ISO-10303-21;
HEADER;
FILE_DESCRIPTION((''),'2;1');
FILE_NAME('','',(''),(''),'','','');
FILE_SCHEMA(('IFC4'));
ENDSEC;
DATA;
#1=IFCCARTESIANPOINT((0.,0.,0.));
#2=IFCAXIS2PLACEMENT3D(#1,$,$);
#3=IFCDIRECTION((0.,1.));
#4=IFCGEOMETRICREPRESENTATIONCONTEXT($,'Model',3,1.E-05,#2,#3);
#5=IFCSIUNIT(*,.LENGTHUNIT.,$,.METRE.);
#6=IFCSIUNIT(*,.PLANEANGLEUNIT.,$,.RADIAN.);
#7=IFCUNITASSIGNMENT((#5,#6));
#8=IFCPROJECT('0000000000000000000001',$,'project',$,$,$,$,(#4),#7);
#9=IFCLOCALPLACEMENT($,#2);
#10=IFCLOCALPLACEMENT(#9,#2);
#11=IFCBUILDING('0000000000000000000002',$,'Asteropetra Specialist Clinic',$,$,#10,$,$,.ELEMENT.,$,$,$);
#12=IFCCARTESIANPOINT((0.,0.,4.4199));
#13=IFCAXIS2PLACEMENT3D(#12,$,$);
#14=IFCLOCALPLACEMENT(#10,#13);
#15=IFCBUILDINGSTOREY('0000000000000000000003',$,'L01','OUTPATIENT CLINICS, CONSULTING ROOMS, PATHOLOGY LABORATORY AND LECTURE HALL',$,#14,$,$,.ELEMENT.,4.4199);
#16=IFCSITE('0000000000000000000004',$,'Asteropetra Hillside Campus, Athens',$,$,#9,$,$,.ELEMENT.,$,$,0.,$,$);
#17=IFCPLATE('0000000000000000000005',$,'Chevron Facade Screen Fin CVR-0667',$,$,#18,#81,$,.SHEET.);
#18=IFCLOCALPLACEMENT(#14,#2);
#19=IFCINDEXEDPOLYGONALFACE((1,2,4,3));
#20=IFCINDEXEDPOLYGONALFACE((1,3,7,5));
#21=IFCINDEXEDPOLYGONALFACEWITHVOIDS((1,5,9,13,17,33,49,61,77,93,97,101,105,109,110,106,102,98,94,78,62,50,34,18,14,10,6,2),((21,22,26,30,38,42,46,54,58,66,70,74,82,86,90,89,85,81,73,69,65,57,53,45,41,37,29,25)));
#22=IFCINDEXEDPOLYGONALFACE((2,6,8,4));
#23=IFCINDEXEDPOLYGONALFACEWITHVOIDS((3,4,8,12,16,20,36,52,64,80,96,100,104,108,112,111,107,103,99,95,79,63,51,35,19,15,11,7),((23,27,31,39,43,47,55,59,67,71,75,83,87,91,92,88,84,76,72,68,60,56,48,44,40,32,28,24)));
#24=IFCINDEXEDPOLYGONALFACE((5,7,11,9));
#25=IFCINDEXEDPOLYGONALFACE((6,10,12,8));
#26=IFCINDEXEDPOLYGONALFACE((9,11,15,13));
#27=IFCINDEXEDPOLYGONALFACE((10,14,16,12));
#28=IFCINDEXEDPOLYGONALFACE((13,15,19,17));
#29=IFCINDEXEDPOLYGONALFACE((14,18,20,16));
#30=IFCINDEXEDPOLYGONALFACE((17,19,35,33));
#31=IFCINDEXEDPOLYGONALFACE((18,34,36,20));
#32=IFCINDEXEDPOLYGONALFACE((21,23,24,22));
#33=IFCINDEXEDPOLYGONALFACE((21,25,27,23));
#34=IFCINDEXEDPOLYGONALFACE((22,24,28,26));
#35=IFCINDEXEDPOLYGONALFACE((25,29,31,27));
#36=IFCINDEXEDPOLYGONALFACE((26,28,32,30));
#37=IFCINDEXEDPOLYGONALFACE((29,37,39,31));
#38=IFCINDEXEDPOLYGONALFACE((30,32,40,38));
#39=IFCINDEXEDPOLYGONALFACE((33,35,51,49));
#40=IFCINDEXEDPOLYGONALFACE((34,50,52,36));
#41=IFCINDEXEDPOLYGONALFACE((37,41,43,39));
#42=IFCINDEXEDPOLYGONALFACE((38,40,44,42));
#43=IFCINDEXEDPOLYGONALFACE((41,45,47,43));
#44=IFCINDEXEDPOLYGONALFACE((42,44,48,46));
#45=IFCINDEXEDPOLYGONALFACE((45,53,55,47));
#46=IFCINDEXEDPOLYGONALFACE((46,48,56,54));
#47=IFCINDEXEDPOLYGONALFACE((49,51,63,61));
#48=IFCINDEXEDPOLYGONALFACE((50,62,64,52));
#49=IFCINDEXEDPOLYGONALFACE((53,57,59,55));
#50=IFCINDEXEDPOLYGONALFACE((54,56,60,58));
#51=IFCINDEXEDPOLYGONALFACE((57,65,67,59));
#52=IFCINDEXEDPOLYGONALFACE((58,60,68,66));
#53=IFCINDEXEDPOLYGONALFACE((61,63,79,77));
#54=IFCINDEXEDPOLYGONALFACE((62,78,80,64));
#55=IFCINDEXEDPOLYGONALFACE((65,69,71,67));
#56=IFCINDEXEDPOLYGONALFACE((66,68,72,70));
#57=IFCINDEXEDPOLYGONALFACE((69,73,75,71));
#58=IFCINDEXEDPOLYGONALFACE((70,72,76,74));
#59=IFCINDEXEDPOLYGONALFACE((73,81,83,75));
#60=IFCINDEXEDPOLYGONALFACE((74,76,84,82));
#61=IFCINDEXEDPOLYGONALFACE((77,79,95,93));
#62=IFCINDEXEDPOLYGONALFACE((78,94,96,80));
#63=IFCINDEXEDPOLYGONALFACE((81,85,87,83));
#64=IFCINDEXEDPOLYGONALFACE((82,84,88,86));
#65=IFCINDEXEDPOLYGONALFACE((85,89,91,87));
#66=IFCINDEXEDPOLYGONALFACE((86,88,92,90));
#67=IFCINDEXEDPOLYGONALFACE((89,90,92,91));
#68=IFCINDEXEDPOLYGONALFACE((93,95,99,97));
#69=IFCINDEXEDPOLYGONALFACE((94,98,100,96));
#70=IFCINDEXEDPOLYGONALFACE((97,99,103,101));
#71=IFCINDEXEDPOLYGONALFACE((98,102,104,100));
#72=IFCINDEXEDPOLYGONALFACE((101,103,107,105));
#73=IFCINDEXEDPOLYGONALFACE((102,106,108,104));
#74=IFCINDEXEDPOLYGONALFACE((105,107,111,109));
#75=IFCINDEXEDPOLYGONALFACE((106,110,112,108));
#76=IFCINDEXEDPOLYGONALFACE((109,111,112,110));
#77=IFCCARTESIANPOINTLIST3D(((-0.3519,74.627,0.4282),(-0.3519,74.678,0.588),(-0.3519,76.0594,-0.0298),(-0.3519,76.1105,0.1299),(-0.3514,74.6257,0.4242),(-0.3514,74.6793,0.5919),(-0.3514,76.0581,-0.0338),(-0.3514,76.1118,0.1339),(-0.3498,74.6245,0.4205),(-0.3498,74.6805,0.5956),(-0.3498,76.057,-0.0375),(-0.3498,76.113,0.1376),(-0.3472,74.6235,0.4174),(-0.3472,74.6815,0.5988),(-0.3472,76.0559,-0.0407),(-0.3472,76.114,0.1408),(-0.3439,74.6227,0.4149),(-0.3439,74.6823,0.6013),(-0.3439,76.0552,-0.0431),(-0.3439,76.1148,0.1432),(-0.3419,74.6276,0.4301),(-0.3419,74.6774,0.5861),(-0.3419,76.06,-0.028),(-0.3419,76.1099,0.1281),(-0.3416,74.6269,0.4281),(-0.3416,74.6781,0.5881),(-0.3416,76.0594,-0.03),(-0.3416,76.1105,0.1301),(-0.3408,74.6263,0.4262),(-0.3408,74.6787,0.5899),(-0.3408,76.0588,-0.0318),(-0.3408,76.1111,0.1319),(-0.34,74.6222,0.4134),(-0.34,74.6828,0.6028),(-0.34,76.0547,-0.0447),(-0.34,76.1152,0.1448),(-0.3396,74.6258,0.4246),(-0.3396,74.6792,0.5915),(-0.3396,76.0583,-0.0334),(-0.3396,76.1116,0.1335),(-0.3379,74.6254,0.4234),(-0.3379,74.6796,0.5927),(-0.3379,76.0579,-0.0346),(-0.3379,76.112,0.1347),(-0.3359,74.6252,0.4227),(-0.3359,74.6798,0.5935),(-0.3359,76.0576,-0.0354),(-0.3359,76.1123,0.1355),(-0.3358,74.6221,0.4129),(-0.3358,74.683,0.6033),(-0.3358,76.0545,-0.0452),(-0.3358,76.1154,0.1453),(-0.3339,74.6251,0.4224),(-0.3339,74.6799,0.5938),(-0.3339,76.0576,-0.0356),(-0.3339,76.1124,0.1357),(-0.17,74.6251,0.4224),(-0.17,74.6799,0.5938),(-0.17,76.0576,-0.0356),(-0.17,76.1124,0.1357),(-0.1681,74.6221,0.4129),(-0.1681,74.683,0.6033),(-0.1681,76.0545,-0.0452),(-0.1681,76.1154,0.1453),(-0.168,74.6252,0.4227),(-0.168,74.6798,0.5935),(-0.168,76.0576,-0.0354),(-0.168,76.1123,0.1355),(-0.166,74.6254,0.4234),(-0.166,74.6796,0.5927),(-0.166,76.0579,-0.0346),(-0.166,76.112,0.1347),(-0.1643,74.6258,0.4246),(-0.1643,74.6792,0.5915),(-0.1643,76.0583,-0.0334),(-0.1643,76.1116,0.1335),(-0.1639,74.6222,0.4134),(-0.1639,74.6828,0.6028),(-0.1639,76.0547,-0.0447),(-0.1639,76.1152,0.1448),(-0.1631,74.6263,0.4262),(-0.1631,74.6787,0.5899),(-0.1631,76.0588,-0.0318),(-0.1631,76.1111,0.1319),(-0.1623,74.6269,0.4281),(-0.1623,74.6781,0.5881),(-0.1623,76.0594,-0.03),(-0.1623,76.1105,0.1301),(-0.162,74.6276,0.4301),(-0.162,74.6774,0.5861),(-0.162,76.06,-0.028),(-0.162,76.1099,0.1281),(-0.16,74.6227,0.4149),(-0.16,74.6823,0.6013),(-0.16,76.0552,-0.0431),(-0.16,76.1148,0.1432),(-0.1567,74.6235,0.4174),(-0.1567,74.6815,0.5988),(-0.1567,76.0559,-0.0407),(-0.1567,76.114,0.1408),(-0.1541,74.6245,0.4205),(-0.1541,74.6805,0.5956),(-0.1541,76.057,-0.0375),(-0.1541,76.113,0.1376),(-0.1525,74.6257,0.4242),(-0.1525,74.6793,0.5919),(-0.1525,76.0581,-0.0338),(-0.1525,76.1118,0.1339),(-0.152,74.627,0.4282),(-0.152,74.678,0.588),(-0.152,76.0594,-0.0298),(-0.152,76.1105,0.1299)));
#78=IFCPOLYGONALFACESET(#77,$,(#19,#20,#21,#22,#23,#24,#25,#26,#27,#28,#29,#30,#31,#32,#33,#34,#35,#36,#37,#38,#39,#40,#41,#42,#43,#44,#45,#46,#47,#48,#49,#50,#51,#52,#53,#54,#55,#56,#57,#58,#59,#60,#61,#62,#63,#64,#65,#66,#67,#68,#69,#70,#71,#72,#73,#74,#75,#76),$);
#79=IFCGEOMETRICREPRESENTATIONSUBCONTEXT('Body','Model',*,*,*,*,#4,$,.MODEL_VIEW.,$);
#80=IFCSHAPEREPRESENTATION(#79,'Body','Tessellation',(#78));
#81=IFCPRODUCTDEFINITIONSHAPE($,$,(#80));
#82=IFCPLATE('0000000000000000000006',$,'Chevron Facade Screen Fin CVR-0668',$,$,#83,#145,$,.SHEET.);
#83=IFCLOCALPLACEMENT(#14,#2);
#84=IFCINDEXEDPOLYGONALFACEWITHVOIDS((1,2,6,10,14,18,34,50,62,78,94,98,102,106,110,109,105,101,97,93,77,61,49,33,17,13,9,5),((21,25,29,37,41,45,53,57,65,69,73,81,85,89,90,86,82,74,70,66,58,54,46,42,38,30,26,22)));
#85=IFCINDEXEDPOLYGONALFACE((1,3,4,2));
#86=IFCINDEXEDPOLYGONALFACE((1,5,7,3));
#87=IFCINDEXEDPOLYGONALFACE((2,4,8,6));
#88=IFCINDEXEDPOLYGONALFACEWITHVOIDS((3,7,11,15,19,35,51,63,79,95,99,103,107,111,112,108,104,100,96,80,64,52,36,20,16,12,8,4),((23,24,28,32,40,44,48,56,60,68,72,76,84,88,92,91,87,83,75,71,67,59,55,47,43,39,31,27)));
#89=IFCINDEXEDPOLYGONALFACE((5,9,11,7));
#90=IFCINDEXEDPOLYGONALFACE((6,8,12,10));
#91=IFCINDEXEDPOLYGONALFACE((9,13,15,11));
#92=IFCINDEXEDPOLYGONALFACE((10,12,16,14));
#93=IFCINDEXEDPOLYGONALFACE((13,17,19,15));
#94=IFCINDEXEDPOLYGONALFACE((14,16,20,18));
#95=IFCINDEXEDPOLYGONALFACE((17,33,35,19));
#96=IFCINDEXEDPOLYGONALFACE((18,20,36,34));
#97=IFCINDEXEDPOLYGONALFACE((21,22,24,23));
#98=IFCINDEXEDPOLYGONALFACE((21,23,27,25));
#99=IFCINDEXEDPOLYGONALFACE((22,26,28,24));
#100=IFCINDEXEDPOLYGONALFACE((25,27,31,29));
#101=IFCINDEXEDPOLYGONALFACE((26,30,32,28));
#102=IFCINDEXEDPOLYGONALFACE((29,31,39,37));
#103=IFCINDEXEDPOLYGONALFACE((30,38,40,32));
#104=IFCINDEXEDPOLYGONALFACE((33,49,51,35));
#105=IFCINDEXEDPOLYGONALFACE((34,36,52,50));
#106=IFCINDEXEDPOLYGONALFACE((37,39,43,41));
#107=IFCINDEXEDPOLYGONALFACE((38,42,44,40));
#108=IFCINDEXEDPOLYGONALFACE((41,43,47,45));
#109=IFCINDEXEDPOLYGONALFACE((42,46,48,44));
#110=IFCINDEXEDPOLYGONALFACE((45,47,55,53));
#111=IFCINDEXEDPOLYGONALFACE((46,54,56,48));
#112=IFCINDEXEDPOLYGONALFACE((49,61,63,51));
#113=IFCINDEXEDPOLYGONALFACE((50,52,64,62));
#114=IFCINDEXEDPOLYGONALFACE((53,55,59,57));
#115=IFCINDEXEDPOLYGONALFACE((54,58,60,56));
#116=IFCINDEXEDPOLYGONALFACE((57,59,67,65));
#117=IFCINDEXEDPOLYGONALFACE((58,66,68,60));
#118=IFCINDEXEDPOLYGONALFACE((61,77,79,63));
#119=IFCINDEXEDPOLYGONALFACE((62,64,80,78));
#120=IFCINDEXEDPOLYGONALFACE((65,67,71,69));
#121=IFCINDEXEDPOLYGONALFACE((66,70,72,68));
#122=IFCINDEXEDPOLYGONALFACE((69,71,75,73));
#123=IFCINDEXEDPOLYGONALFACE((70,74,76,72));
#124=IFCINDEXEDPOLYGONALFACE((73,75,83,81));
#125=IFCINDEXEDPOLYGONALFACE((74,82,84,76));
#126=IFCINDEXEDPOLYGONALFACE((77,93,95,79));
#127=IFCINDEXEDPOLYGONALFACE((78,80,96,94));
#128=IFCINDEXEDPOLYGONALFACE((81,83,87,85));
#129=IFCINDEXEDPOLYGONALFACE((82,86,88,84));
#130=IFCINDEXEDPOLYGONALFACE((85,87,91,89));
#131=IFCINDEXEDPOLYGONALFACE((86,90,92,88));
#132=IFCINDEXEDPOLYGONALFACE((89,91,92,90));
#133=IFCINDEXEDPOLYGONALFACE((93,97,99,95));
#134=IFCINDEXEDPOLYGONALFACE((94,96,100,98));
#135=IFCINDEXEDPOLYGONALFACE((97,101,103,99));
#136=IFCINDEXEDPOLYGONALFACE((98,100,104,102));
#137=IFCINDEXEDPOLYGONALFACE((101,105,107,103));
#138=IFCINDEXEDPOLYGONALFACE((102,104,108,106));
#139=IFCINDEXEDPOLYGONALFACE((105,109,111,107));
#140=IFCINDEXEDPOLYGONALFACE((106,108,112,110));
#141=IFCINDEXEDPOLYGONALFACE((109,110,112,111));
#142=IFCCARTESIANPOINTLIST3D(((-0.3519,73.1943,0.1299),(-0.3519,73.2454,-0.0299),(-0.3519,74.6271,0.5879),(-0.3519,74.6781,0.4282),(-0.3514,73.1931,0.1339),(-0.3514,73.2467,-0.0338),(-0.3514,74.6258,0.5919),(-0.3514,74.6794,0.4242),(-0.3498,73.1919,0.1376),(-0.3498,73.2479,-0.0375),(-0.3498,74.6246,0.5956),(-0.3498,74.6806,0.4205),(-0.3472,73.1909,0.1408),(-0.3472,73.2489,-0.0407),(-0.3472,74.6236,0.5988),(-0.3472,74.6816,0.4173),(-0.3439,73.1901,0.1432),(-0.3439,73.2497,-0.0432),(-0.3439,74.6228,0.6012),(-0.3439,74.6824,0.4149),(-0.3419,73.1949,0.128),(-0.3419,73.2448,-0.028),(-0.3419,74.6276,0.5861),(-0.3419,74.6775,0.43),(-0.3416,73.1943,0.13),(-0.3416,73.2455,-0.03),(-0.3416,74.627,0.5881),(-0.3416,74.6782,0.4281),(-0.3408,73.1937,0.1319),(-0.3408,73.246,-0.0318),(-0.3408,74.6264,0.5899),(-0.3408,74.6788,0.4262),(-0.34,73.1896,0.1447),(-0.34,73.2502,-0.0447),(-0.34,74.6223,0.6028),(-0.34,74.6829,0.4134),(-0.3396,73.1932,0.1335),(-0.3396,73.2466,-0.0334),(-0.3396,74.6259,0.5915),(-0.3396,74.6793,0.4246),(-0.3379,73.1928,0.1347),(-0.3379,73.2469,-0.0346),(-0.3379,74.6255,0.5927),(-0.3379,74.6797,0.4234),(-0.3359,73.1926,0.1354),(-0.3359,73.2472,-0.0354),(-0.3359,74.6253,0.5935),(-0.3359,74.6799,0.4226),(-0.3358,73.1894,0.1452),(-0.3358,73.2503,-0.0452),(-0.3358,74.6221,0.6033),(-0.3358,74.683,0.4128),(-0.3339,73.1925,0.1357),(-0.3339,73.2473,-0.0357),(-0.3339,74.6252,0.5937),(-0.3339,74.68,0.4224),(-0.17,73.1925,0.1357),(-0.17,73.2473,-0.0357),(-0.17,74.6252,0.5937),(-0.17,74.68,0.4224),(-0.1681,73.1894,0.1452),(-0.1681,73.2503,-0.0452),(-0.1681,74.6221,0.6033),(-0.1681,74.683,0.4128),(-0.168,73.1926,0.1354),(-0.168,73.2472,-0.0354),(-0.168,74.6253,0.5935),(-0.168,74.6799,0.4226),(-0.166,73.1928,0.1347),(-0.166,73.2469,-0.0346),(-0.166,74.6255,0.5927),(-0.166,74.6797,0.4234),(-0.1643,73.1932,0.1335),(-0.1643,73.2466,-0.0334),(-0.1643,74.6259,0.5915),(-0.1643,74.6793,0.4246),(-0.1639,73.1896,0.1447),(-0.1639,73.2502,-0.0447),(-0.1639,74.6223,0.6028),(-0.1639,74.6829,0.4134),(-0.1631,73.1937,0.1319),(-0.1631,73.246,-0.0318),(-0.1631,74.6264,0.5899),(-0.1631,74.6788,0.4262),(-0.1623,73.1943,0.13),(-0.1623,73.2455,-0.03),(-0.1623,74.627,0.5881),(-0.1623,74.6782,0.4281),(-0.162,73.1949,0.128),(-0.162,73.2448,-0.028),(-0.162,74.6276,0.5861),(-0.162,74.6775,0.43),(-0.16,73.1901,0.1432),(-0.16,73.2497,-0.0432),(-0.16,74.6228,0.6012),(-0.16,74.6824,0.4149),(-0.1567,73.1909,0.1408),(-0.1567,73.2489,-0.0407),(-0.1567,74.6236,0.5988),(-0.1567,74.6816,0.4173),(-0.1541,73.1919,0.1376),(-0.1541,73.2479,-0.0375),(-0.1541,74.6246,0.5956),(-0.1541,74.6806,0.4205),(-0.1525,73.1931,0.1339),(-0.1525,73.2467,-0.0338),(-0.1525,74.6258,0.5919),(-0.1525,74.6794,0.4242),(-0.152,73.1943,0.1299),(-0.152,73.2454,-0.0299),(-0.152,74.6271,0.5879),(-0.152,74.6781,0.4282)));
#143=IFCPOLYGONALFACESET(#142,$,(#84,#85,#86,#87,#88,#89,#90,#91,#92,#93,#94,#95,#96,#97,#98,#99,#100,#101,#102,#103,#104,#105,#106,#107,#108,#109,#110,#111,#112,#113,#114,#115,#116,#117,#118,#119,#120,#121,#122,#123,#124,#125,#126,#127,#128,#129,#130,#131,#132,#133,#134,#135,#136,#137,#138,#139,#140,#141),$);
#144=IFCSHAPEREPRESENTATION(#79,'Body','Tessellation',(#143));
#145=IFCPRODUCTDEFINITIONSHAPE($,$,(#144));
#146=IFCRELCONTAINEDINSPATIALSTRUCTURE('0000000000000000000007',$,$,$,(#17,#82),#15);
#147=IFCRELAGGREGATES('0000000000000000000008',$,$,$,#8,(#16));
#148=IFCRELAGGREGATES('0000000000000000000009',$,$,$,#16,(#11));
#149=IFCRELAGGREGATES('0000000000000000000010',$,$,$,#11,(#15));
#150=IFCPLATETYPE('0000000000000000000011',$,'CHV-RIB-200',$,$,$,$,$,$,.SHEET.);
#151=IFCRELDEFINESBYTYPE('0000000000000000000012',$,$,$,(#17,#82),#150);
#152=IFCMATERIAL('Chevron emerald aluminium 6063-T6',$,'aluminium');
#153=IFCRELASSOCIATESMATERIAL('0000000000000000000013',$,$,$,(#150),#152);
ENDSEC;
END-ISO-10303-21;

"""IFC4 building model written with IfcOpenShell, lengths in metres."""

from ifc_helpers import new_model, si_unit, direction, frame, origin, origin_2d, place, context, subcontext, project, spatial, hollow_rectangle, extrude, material, material_profile, profile_set, type_object, element, save


model = new_model("IFC4")

# Units and contexts
model_context = context("Model", 3, precision=1e-05, world=origin(), true_north=direction((0.0, 1.0)))
body_context = subcontext(model_context, "Body", "Model", "MODEL_VIEW")
ifc_project = project(units=[si_unit("LENGTHUNIT", "METRE"), si_unit("PLANEANGLEUNIT", "RADIAN")], contexts=[model_context])

# Site, building, storey
site_placement = place(None, origin())
site = spatial("IfcSite", under=ifc_project, at=site_placement, Name="Asteropetra Hillside Campus, Athens", CompositionType="ELEMENT", RefElevation=0.0)
building_placement = place(site_placement, origin())
building = spatial("IfcBuilding", under=site, at=building_placement, Name="Asteropetra Specialist Clinic", CompositionType="ELEMENT")
storey_placement = place(building_placement, frame((0.0, 0.0, 4.4199)))
storey = spatial("IfcBuildingStorey", under=building, at=storey_placement, Name="L01", Description="OUTPATIENT CLINICS, CONSULTING ROOMS, PATHOLOGY LABORATORY AND LECTURE HALL", CompositionType="ELEMENT", Elevation=4.4199)

# Plates
ifc_material_1 = material(Name="Chevron emerald aluminium 6063-T6", Category="aluminium")
ifc_material_profile = material_profile(ifc_material_1, hollow_rectangle(XDim=0.2, YDim=0.2, WallThickness=0.01, InnerFilletRadius=0.0081, OuterFilletRadius=0.0161, at=origin_2d()), Name="SHS 200x200x10.0")
ifc_profile_set = profile_set([ifc_material_profile], Name="Chevron emerald aluminium 6063-T6")
plate_type_1 = type_object("IfcPlateType", Name="CHV-RIB-200", PredefinedType="SHEET", material=ifc_profile_set)
plate_1_placement = place(storey_placement, frame((-0.252, 76.085, 0.05), z_axis=(0.0, -0.952492, 0.304564), x_axis=(1.0, 0.0, 0.0)))
element("IfcPlate", 1, at=plate_1_placement, inside=storey, type_object=plate_type_1, Name="Chevron Facade Screen Fin CVR-0667", PredefinedType="SHEET", context=body_context, shape_type="SweptSolid", body=[
    extrude(hollow_rectangle(XDim=0.2, YDim=0.2, WallThickness=0.01, InnerFilletRadius=0.0081, OuterFilletRadius=0.0161, at=origin_2d()), origin(), (0.0, 0.0, 1.0), 1.5039),
])
plate_2_placement = place(storey_placement, frame((-0.252, 74.6526, 0.5081), z_axis=(0.0, -0.952507, -0.304517), x_axis=(1.0, 0.0, 0.0)))
element("IfcPlate", 2, at=plate_2_placement, inside=storey, type_object=plate_type_1, Name="Chevron Facade Screen Fin CVR-0668", PredefinedType="SHEET", context=body_context, shape_type="SweptSolid", body=[
    extrude(hollow_rectangle(XDim=0.2, YDim=0.2, WallThickness=0.01, InnerFilletRadius=0.0081, OuterFilletRadius=0.0161, at=origin_2d()), origin(), (0.0, 0.0, 1.0), 1.5042),
])

save(model, "model.ifc")
